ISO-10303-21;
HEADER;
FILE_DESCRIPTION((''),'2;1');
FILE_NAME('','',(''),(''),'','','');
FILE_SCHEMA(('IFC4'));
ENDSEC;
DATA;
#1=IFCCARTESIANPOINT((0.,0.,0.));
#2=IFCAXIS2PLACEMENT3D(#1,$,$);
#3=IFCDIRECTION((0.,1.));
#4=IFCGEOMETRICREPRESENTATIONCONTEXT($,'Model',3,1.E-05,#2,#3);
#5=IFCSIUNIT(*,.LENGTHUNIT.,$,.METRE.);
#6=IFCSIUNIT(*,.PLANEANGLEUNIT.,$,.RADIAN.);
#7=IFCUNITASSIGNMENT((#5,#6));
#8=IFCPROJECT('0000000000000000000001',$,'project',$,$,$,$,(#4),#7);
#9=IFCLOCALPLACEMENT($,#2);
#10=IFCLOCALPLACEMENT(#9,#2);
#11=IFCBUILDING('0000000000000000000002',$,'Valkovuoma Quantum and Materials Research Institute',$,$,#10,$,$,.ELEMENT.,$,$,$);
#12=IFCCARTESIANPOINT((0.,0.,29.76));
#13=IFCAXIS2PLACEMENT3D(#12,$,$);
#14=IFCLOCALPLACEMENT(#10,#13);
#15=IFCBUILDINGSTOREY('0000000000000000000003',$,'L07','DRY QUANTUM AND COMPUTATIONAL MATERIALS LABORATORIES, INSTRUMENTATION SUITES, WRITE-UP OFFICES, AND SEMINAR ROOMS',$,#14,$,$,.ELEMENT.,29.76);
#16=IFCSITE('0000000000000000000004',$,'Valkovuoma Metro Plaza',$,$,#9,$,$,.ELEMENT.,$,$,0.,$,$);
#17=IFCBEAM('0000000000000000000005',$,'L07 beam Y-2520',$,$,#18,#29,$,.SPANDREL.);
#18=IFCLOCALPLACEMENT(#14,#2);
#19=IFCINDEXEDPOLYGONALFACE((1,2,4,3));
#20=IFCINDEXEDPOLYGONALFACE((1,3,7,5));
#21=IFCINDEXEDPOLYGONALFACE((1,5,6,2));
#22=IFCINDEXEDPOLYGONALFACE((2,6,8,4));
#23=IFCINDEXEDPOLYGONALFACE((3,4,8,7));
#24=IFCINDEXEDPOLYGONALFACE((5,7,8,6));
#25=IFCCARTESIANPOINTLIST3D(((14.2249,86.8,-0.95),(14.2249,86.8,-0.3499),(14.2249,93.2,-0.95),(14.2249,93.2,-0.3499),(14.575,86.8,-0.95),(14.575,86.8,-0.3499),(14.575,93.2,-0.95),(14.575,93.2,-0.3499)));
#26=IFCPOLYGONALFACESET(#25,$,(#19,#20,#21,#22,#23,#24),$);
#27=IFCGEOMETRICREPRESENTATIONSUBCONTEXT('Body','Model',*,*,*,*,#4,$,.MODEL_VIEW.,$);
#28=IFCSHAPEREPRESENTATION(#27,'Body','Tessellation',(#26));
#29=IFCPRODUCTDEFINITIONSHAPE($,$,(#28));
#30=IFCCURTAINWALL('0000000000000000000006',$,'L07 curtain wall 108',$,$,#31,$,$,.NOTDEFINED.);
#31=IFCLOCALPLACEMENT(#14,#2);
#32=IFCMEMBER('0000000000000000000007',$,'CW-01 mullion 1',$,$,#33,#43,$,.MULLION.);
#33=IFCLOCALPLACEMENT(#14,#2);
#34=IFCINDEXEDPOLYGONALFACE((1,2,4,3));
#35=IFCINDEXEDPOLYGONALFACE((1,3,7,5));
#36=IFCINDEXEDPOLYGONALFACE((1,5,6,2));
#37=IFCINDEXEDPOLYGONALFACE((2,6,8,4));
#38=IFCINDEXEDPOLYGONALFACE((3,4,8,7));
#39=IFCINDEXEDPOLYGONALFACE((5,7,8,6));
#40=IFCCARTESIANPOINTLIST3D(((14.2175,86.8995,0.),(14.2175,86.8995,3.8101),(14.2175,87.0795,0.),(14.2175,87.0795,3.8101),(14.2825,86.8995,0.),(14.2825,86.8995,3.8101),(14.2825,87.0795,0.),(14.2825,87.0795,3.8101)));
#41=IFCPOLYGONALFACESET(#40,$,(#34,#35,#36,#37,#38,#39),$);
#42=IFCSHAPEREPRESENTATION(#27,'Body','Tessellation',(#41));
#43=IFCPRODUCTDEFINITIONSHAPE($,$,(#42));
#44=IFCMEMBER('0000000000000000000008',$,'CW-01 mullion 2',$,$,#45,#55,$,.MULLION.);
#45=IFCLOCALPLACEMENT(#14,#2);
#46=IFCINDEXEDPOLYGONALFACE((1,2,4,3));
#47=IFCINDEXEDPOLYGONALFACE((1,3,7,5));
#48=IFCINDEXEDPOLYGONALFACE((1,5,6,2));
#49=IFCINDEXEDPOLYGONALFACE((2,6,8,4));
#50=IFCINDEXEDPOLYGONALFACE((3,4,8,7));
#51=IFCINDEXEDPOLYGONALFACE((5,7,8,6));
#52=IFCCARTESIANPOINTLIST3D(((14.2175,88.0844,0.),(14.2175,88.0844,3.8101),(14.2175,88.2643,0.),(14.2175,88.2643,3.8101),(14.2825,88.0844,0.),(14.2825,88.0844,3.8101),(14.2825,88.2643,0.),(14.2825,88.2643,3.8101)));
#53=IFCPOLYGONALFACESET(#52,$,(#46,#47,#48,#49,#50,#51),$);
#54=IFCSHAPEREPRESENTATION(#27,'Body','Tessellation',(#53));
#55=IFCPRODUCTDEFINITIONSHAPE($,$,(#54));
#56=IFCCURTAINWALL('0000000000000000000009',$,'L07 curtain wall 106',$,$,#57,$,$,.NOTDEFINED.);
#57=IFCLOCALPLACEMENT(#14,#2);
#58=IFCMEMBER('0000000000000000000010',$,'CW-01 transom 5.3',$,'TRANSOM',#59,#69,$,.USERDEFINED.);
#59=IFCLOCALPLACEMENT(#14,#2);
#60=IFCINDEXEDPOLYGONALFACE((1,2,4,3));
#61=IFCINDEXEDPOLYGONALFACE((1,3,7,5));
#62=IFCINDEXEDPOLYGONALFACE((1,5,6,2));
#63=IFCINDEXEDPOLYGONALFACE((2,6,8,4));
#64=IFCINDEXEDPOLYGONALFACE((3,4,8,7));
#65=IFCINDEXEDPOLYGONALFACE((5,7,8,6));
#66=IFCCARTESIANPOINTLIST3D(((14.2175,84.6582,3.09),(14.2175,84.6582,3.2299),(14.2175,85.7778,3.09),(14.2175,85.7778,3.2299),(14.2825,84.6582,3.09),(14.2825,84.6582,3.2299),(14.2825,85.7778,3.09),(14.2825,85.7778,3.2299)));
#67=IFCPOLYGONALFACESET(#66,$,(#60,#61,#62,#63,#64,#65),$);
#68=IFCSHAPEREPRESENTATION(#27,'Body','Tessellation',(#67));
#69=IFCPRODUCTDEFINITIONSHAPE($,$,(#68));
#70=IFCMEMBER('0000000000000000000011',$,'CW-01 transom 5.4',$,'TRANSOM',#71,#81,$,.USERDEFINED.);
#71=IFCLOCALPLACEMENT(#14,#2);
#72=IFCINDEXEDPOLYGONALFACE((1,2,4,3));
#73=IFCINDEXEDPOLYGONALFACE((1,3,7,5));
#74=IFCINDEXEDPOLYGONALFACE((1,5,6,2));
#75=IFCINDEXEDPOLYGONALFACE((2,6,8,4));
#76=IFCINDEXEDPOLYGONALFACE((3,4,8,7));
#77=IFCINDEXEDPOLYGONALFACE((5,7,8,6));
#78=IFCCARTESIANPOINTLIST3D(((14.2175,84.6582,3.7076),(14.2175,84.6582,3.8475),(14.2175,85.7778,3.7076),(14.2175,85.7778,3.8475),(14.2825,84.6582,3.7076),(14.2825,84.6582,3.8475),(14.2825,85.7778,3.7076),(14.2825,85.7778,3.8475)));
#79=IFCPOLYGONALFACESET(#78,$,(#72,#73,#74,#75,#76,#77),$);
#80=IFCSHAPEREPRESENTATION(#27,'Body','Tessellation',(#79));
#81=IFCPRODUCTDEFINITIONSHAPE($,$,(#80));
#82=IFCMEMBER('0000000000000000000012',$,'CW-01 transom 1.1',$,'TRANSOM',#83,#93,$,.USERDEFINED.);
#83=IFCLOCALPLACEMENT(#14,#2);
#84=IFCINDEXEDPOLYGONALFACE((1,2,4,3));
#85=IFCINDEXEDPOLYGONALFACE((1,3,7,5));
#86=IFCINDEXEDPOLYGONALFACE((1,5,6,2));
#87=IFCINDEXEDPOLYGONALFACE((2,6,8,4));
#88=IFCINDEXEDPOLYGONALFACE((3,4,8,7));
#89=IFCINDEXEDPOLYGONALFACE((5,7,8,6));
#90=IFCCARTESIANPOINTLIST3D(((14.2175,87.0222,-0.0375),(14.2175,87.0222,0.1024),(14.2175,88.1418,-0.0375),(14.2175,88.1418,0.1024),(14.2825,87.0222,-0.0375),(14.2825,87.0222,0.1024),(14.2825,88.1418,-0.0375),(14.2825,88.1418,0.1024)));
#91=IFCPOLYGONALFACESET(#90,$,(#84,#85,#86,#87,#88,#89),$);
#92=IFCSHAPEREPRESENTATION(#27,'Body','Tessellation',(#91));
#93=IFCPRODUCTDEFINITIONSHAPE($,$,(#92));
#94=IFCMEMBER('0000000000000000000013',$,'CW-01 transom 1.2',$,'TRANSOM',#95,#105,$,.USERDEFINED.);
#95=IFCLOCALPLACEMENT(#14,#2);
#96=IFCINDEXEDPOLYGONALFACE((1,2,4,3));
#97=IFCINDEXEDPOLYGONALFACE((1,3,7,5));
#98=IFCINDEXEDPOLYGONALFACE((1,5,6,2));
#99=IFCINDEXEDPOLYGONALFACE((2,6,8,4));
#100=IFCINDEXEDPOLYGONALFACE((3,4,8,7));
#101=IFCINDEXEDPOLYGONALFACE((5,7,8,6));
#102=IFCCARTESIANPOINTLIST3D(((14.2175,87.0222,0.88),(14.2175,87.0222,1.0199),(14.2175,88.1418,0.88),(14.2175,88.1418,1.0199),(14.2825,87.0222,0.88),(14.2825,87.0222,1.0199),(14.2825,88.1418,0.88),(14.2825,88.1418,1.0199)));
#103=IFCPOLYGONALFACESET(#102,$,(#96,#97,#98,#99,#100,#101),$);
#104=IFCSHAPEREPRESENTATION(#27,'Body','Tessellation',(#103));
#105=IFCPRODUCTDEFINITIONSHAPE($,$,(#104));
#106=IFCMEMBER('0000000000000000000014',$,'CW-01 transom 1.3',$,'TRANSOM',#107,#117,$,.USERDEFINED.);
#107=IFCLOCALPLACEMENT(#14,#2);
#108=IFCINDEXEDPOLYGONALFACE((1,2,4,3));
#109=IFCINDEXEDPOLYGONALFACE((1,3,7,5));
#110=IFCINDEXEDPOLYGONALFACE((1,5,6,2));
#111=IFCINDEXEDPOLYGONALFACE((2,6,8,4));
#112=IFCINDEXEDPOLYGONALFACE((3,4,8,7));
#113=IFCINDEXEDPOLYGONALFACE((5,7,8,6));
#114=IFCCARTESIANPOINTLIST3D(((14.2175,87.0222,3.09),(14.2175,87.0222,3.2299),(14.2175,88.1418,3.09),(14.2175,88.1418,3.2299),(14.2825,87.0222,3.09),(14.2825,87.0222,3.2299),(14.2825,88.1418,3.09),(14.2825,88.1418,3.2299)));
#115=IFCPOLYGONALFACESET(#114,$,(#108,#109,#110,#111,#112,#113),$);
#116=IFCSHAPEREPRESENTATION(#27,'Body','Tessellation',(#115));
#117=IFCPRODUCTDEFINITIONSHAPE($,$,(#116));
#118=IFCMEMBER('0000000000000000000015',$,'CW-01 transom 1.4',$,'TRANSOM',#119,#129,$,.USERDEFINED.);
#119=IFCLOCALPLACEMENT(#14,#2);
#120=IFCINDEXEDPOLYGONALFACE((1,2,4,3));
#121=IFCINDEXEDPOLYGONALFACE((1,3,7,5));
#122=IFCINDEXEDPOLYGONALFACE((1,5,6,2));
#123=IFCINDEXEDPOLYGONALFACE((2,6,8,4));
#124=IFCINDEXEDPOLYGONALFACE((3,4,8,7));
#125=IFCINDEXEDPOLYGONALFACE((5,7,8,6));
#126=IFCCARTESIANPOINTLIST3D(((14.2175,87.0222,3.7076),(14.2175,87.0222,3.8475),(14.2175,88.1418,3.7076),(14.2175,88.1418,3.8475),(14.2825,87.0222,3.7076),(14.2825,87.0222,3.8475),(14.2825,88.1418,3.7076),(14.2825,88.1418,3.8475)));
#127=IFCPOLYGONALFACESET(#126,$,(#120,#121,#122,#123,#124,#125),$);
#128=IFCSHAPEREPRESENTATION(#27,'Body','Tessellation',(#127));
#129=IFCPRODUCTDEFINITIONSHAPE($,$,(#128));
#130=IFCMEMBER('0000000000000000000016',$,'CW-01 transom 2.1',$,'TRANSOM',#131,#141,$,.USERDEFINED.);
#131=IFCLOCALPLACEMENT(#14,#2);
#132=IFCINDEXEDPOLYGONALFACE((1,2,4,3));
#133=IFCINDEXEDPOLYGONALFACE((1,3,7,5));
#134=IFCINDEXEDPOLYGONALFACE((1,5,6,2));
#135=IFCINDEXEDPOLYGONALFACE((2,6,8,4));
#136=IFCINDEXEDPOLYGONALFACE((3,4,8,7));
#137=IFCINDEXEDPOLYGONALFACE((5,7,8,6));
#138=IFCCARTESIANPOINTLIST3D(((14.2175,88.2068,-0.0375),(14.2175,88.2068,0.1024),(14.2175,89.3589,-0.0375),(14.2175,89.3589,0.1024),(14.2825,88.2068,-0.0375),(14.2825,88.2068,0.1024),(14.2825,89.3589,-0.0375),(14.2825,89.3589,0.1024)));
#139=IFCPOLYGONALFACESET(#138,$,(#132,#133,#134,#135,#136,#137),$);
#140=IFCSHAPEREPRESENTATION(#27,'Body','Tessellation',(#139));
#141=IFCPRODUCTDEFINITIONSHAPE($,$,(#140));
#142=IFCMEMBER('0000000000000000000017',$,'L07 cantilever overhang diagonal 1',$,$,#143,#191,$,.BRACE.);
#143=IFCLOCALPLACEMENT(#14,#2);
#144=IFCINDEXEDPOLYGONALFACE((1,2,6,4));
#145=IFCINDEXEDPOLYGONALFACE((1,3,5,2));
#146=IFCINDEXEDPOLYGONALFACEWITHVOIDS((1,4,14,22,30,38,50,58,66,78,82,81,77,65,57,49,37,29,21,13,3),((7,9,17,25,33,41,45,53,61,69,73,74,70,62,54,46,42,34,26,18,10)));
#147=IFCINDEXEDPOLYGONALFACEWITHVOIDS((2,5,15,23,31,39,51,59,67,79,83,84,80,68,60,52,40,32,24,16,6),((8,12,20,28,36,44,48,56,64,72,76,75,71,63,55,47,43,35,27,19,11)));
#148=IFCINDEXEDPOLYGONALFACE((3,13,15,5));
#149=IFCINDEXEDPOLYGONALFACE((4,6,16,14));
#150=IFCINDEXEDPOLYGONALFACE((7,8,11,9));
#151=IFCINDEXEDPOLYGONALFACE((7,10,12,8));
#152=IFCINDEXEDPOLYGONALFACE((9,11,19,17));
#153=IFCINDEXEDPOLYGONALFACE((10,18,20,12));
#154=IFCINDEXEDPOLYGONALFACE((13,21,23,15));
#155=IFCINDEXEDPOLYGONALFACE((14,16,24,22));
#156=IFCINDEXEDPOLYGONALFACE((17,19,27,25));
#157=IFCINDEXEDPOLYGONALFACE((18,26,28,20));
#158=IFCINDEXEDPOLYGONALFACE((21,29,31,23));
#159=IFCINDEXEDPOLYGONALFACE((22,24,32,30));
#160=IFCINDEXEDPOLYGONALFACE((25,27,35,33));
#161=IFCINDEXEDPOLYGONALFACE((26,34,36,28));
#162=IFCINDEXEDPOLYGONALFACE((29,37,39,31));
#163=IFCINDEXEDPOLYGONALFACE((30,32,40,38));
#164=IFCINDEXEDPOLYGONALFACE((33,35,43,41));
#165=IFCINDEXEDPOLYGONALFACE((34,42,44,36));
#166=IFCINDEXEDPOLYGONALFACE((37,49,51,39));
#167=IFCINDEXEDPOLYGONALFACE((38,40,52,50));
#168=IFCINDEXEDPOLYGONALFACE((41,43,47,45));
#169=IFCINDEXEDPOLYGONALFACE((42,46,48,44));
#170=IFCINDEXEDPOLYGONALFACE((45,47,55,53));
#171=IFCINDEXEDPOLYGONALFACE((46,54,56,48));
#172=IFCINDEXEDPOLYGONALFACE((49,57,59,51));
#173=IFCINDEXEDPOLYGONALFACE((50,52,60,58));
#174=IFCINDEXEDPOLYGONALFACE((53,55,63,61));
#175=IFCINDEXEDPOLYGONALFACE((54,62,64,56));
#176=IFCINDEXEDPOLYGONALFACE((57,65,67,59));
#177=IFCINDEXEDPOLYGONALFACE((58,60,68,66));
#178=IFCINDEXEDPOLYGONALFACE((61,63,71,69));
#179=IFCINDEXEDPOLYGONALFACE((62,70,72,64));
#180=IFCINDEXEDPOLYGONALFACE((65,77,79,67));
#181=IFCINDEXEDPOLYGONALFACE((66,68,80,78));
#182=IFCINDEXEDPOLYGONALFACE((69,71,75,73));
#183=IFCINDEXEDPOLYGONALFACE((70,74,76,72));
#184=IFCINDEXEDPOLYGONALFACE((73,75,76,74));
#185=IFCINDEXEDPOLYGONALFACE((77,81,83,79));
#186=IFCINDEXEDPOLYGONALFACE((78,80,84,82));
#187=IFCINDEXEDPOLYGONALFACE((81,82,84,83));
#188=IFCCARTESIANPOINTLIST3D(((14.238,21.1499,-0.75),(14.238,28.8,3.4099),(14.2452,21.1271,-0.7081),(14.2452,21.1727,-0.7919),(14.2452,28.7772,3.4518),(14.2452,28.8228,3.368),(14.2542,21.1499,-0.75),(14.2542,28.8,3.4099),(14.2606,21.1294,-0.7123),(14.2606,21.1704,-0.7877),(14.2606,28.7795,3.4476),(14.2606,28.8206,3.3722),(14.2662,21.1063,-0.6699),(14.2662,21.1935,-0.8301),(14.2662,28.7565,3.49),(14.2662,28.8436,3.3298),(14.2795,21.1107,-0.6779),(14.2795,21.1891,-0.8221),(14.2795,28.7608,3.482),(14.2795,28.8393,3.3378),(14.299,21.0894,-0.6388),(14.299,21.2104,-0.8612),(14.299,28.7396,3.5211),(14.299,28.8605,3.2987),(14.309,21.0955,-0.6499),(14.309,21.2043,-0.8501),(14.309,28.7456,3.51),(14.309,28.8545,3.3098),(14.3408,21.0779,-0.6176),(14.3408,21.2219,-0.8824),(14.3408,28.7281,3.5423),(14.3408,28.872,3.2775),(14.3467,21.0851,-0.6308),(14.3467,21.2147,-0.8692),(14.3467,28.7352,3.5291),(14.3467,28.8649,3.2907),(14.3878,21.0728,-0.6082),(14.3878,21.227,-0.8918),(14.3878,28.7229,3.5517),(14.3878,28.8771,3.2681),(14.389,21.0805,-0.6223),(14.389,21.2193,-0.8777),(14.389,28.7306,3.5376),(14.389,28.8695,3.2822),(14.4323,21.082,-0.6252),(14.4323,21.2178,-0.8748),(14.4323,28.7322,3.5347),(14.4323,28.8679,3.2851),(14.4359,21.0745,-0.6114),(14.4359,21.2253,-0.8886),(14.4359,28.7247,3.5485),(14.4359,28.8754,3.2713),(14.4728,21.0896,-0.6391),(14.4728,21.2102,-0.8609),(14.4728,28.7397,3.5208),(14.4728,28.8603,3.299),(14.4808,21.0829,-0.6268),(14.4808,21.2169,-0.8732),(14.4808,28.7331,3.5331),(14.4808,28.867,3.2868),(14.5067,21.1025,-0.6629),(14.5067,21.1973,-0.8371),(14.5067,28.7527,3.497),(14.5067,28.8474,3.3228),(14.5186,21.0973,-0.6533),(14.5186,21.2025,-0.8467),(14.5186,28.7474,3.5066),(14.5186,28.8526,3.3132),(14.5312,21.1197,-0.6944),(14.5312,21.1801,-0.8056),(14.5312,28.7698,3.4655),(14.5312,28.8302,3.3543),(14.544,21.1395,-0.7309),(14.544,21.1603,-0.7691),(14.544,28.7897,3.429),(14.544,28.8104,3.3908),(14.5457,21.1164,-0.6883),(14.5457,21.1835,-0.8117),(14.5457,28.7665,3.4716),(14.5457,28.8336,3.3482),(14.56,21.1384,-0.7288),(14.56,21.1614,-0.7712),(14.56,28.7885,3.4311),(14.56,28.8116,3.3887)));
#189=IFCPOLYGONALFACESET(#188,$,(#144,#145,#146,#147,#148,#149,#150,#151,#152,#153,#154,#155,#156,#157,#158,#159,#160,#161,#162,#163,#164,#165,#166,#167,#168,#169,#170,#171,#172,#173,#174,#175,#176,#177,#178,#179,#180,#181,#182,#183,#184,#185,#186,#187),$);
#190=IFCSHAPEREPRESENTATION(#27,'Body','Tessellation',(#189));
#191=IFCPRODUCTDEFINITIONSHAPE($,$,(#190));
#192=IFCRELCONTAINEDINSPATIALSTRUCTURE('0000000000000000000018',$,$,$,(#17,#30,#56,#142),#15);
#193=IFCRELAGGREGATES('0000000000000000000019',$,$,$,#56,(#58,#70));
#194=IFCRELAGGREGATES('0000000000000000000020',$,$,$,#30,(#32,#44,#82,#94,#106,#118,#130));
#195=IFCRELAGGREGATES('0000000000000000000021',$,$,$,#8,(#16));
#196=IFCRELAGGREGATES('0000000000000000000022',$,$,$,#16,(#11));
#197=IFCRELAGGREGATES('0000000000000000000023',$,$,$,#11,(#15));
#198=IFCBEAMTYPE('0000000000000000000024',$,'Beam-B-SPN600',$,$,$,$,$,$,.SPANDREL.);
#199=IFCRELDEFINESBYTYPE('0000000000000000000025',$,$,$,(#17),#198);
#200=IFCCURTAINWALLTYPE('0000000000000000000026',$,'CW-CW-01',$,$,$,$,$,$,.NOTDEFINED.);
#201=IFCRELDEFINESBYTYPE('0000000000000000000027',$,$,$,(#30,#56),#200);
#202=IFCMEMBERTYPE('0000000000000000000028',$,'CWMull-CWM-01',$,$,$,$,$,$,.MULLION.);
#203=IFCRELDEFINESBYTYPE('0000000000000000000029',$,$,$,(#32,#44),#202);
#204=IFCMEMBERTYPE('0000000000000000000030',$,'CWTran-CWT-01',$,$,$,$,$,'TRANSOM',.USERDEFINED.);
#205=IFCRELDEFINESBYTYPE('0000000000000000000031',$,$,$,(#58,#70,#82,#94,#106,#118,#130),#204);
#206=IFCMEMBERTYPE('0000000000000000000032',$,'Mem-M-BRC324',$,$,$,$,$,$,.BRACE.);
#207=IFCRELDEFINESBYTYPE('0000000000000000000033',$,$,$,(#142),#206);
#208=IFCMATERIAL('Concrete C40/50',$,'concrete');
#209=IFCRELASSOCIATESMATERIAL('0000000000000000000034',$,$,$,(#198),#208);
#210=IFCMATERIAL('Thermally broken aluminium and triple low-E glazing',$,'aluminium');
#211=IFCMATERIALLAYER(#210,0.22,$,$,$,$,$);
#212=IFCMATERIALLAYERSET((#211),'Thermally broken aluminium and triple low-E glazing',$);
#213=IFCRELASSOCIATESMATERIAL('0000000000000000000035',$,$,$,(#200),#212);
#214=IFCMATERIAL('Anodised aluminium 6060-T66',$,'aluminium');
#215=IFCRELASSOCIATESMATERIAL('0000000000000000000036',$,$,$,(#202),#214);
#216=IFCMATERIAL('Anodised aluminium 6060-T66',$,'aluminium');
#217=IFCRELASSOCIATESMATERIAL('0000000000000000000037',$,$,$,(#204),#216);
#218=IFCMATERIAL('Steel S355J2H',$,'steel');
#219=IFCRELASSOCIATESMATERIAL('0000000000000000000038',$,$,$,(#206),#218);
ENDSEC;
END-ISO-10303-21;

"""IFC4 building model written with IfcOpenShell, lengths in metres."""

from ifc_helpers import new_model, si_unit, direction, frame, origin, origin_2d, place, context, subcontext, project, spatial, rectangle, hollow_circle, extrude, material, layer, layer_set, material_profile, profile_set, type_object, element, aggregate, save


model = new_model("IFC4")

# Units and contexts
model_context = context("Model", 3, precision=1e-05, world=origin(), true_north=direction((0.0, 1.0)))
body_context = subcontext(model_context, "Body", "Model", "MODEL_VIEW")
ifc_project = project(units=[si_unit("LENGTHUNIT", "METRE"), si_unit("PLANEANGLEUNIT", "RADIAN")], contexts=[model_context])

# Site, building, storey
site_placement = place(None, origin())
site = spatial("IfcSite", under=ifc_project, at=site_placement, Name="Valkovuoma Metro Plaza", CompositionType="ELEMENT", RefElevation=0.0)
building_placement = place(site_placement, origin())
building = spatial("IfcBuilding", under=site, at=building_placement, Name="Valkovuoma Quantum and Materials Research Institute", CompositionType="ELEMENT")
storey_placement = place(building_placement, frame((0.0, 0.0, 29.76)))
storey = spatial("IfcBuildingStorey", under=building, at=storey_placement, Name="L07", Description="DRY QUANTUM AND COMPUTATIONAL MATERIALS LABORATORIES, INSTRUMENTATION SUITES, WRITE-UP OFFICES, AND SEMINAR ROOMS", CompositionType="ELEMENT", Elevation=29.76)

# Beam
ifc_material_1 = material(Name="Concrete C40/50", Category="concrete")
ifc_material_profile_1 = material_profile(ifc_material_1, rectangle(XDim=0.3501, YDim=0.6001, at=origin_2d()), Name="Concrete C40/50")
ifc_profile_set_1 = profile_set([ifc_material_profile_1], Name="Concrete C40/50")
beam_type_1 = type_object("IfcBeamType", Name="Beam-B-SPN600", PredefinedType="SPANDREL", material=ifc_profile_set_1)
for number, where, z_axis, x_axis, name in (
    (1, (14.3999, 86.8, -0.6499), (0.0, 1.0, 0.0), (-1.0, 0.0, 0.0), "L07 beam Y-2520"),
):
    element("IfcBeam", number, at=place(storey_placement, frame(where, z_axis=z_axis, x_axis=x_axis)), inside=storey, type_object=beam_type_1, Name=name, PredefinedType="SPANDREL", context=body_context, shape_type="SweptSolid", body=[
        extrude(rectangle(XDim=0.3501, YDim=0.6001, at=origin_2d()), origin(), (0.0, 0.0, 1.0), 6.3999),
    ])

# Curtain walls, members
ifc_material_2 = material(Name="Thermally broken aluminium and triple low-E glazing", Category="aluminium")
ifc_layer_1 = layer(ifc_material_2, 0.22)
ifc_layer_set_1 = layer_set([ifc_layer_1], Name="Thermally broken aluminium and triple low-E glazing")
curtain_wall_type = type_object("IfcCurtainWallType", Name="CW-CW-01", PredefinedType="NOTDEFINED", material=ifc_layer_set_1)
curtain_wall_1_placement = place(storey_placement, origin())
curtain_wall_1 = element("IfcCurtainWall", 2, at=curtain_wall_1_placement, inside=storey, type_object=curtain_wall_type, Name="L07 curtain wall 108", PredefinedType="NOTDEFINED")
ifc_material_3 = material(Name="Anodised aluminium 6060-T66", Category="aluminium")
ifc_material_profile_2 = material_profile(ifc_material_3, rectangle(XDim=0.0649, YDim=0.1799, at=origin_2d()), Name="Anodised aluminium 6060-T66")
ifc_profile_set_2 = profile_set([ifc_material_profile_2], Name="Anodised aluminium 6060-T66")
member_type_1 = type_object("IfcMemberType", Name="CWMull-CWM-01", PredefinedType="MULLION", material=ifc_profile_set_2)
member_1_placement = place(storey_placement, frame((14.25, 86.9895, 0.0), z_axis=(0.0, 0.0, 1.0), x_axis=(-1.0, 0.0, 0.0)))
member_1 = element("IfcMember", 3, at=member_1_placement, type_object=member_type_1, Name="CW-01 mullion 1", PredefinedType="MULLION", context=body_context, shape_type="SweptSolid", body=[
    extrude(rectangle(XDim=0.0649, YDim=0.1799, at=origin_2d()), origin(), (0.0, 0.0, 1.0), 3.8101),
])
member_2_placement = place(storey_placement, frame((14.25, 88.1743, 0.0), z_axis=(0.0, 0.0, 1.0), x_axis=(-1.0, 0.0, 0.0)))
member_2 = element("IfcMember", 4, at=member_2_placement, type_object=member_type_1, Name="CW-01 mullion 2", PredefinedType="MULLION", context=body_context, shape_type="SweptSolid", body=[
    extrude(rectangle(XDim=0.0649, YDim=0.1799, at=origin_2d()), origin(), (0.0, 0.0, 1.0), 3.8101),
])
curtain_wall_2_placement = place(storey_placement, origin())
curtain_wall_2 = element("IfcCurtainWall", 5, at=curtain_wall_2_placement, inside=storey, type_object=curtain_wall_type, Name="L07 curtain wall 106", PredefinedType="NOTDEFINED")
ifc_material_4 = material(Name="Anodised aluminium 6060-T66", Category="aluminium")
ifc_material_profile_3 = material_profile(ifc_material_4, rectangle(XDim=0.0649, YDim=0.1399, at=origin_2d()), Name="Anodised aluminium 6060-T66")
ifc_profile_set_3 = profile_set([ifc_material_profile_3], Name="Anodised aluminium 6060-T66")
member_type_2 = type_object("IfcMemberType", Name="CWTran-CWT-01", ElementType="TRANSOM", PredefinedType="USERDEFINED", material=ifc_profile_set_3)
member_3_placement = place(storey_placement, frame((14.25, 84.6582, 3.1599), z_axis=(0.0, 1.0, 0.0), x_axis=(-1.0, 0.0, 0.0)))
member_3 = element("IfcMember", 6, at=member_3_placement, type_object=member_type_2, Name="CW-01 transom 5.3", ObjectType="TRANSOM", PredefinedType="USERDEFINED", context=body_context, shape_type="SweptSolid", body=[
    extrude(rectangle(XDim=0.0649, YDim=0.1399, at=origin_2d()), origin(), (0.0, 0.0, 1.0), 1.1196),
])
member_4_placement = place(storey_placement, frame((14.25, 84.6582, 3.7776), z_axis=(0.0, 1.0, 0.0), x_axis=(-1.0, 0.0, 0.0)))
member_4 = element("IfcMember", 7, at=member_4_placement, type_object=member_type_2, Name="CW-01 transom 5.4", ObjectType="TRANSOM", PredefinedType="USERDEFINED", context=body_context, shape_type="SweptSolid", body=[
    extrude(rectangle(XDim=0.0649, YDim=0.1399, at=origin_2d()), origin(), (0.0, 0.0, 1.0), 1.1196),
])

# Members
member_5_placement = place(storey_placement, frame((14.25, 87.0222, 0.0325), z_axis=(0.0, 1.0, 0.0), x_axis=(-1.0, 0.0, 0.0)))
member_5 = element("IfcMember", 8, at=member_5_placement, type_object=member_type_2, Name="CW-01 transom 1.1", ObjectType="TRANSOM", PredefinedType="USERDEFINED", context=body_context, shape_type="SweptSolid", body=[
    extrude(rectangle(XDim=0.0649, YDim=0.1399, at=origin_2d()), origin(), (0.0, 0.0, 1.0), 1.1196),
])
member_6_placement = place(storey_placement, frame((14.25, 87.0222, 0.95), z_axis=(0.0, 1.0, 0.0), x_axis=(-1.0, 0.0, 0.0)))
member_6 = element("IfcMember", 9, at=member_6_placement, type_object=member_type_2, Name="CW-01 transom 1.2", ObjectType="TRANSOM", PredefinedType="USERDEFINED", context=body_context, shape_type="SweptSolid", body=[
    extrude(rectangle(XDim=0.0649, YDim=0.1399, at=origin_2d()), origin(), (0.0, 0.0, 1.0), 1.1196),
])
member_7_placement = place(storey_placement, frame((14.25, 87.0222, 3.1599), z_axis=(0.0, 1.0, 0.0), x_axis=(-1.0, 0.0, 0.0)))
member_7 = element("IfcMember", 10, at=member_7_placement, type_object=member_type_2, Name="CW-01 transom 1.3", ObjectType="TRANSOM", PredefinedType="USERDEFINED", context=body_context, shape_type="SweptSolid", body=[
    extrude(rectangle(XDim=0.0649, YDim=0.1399, at=origin_2d()), origin(), (0.0, 0.0, 1.0), 1.1196),
])
member_8_placement = place(storey_placement, frame((14.25, 87.0222, 3.7776), z_axis=(0.0, 1.0, 0.0), x_axis=(-1.0, 0.0, 0.0)))
member_8 = element("IfcMember", 11, at=member_8_placement, type_object=member_type_2, Name="CW-01 transom 1.4", ObjectType="TRANSOM", PredefinedType="USERDEFINED", context=body_context, shape_type="SweptSolid", body=[
    extrude(rectangle(XDim=0.0649, YDim=0.1399, at=origin_2d()), origin(), (0.0, 0.0, 1.0), 1.1196),
])
member_9_placement = place(storey_placement, frame((14.25, 88.2068, 0.0325), z_axis=(0.0, 1.0, 0.0), x_axis=(-1.0, 0.0, 0.0)))
member_9 = element("IfcMember", 12, at=member_9_placement, type_object=member_type_2, Name="CW-01 transom 2.1", ObjectType="TRANSOM", PredefinedType="USERDEFINED", context=body_context, shape_type="SweptSolid", body=[
    extrude(rectangle(XDim=0.0649, YDim=0.1399, at=origin_2d()), origin(), (0.0, 0.0, 1.0), 1.1521),
])

# Member
ifc_material_5 = material(Name="Steel S355J2H", Category="steel")
ifc_material_profile_4 = material_profile(ifc_material_5, hollow_circle(Radius=0.1619, WallThickness=0.0161, at=origin_2d()), Name="Steel S355J2H")
ifc_profile_set_4 = profile_set([ifc_material_profile_4], Name="Steel S355J2H")
member_type_3 = type_object("IfcMemberType", Name="Mem-M-BRC324", PredefinedType="BRACE", material=ifc_profile_set_4)
member_10_placement = place(storey_placement, frame((14.3999, 21.1499, -0.75), z_axis=(0.0, 0.878517, 0.47771), x_axis=(-1.0, 0.0, 0.0)))
element("IfcMember", 13, at=member_10_placement, inside=storey, type_object=member_type_3, Name="L07 cantilever overhang diagonal 1", PredefinedType="BRACE", context=body_context, shape_type="SweptSolid", body=[
    extrude(hollow_circle(Radius=0.1619, WallThickness=0.0161, at=origin_2d()), origin(), (0.0, 0.0, 1.0), 8.708),
])

aggregate(curtain_wall_2, [member_3, member_4])
aggregate(curtain_wall_1, [member_1, member_2, member_5, member_6, member_7, member_8, member_9])

save(model, "model.ifc")
